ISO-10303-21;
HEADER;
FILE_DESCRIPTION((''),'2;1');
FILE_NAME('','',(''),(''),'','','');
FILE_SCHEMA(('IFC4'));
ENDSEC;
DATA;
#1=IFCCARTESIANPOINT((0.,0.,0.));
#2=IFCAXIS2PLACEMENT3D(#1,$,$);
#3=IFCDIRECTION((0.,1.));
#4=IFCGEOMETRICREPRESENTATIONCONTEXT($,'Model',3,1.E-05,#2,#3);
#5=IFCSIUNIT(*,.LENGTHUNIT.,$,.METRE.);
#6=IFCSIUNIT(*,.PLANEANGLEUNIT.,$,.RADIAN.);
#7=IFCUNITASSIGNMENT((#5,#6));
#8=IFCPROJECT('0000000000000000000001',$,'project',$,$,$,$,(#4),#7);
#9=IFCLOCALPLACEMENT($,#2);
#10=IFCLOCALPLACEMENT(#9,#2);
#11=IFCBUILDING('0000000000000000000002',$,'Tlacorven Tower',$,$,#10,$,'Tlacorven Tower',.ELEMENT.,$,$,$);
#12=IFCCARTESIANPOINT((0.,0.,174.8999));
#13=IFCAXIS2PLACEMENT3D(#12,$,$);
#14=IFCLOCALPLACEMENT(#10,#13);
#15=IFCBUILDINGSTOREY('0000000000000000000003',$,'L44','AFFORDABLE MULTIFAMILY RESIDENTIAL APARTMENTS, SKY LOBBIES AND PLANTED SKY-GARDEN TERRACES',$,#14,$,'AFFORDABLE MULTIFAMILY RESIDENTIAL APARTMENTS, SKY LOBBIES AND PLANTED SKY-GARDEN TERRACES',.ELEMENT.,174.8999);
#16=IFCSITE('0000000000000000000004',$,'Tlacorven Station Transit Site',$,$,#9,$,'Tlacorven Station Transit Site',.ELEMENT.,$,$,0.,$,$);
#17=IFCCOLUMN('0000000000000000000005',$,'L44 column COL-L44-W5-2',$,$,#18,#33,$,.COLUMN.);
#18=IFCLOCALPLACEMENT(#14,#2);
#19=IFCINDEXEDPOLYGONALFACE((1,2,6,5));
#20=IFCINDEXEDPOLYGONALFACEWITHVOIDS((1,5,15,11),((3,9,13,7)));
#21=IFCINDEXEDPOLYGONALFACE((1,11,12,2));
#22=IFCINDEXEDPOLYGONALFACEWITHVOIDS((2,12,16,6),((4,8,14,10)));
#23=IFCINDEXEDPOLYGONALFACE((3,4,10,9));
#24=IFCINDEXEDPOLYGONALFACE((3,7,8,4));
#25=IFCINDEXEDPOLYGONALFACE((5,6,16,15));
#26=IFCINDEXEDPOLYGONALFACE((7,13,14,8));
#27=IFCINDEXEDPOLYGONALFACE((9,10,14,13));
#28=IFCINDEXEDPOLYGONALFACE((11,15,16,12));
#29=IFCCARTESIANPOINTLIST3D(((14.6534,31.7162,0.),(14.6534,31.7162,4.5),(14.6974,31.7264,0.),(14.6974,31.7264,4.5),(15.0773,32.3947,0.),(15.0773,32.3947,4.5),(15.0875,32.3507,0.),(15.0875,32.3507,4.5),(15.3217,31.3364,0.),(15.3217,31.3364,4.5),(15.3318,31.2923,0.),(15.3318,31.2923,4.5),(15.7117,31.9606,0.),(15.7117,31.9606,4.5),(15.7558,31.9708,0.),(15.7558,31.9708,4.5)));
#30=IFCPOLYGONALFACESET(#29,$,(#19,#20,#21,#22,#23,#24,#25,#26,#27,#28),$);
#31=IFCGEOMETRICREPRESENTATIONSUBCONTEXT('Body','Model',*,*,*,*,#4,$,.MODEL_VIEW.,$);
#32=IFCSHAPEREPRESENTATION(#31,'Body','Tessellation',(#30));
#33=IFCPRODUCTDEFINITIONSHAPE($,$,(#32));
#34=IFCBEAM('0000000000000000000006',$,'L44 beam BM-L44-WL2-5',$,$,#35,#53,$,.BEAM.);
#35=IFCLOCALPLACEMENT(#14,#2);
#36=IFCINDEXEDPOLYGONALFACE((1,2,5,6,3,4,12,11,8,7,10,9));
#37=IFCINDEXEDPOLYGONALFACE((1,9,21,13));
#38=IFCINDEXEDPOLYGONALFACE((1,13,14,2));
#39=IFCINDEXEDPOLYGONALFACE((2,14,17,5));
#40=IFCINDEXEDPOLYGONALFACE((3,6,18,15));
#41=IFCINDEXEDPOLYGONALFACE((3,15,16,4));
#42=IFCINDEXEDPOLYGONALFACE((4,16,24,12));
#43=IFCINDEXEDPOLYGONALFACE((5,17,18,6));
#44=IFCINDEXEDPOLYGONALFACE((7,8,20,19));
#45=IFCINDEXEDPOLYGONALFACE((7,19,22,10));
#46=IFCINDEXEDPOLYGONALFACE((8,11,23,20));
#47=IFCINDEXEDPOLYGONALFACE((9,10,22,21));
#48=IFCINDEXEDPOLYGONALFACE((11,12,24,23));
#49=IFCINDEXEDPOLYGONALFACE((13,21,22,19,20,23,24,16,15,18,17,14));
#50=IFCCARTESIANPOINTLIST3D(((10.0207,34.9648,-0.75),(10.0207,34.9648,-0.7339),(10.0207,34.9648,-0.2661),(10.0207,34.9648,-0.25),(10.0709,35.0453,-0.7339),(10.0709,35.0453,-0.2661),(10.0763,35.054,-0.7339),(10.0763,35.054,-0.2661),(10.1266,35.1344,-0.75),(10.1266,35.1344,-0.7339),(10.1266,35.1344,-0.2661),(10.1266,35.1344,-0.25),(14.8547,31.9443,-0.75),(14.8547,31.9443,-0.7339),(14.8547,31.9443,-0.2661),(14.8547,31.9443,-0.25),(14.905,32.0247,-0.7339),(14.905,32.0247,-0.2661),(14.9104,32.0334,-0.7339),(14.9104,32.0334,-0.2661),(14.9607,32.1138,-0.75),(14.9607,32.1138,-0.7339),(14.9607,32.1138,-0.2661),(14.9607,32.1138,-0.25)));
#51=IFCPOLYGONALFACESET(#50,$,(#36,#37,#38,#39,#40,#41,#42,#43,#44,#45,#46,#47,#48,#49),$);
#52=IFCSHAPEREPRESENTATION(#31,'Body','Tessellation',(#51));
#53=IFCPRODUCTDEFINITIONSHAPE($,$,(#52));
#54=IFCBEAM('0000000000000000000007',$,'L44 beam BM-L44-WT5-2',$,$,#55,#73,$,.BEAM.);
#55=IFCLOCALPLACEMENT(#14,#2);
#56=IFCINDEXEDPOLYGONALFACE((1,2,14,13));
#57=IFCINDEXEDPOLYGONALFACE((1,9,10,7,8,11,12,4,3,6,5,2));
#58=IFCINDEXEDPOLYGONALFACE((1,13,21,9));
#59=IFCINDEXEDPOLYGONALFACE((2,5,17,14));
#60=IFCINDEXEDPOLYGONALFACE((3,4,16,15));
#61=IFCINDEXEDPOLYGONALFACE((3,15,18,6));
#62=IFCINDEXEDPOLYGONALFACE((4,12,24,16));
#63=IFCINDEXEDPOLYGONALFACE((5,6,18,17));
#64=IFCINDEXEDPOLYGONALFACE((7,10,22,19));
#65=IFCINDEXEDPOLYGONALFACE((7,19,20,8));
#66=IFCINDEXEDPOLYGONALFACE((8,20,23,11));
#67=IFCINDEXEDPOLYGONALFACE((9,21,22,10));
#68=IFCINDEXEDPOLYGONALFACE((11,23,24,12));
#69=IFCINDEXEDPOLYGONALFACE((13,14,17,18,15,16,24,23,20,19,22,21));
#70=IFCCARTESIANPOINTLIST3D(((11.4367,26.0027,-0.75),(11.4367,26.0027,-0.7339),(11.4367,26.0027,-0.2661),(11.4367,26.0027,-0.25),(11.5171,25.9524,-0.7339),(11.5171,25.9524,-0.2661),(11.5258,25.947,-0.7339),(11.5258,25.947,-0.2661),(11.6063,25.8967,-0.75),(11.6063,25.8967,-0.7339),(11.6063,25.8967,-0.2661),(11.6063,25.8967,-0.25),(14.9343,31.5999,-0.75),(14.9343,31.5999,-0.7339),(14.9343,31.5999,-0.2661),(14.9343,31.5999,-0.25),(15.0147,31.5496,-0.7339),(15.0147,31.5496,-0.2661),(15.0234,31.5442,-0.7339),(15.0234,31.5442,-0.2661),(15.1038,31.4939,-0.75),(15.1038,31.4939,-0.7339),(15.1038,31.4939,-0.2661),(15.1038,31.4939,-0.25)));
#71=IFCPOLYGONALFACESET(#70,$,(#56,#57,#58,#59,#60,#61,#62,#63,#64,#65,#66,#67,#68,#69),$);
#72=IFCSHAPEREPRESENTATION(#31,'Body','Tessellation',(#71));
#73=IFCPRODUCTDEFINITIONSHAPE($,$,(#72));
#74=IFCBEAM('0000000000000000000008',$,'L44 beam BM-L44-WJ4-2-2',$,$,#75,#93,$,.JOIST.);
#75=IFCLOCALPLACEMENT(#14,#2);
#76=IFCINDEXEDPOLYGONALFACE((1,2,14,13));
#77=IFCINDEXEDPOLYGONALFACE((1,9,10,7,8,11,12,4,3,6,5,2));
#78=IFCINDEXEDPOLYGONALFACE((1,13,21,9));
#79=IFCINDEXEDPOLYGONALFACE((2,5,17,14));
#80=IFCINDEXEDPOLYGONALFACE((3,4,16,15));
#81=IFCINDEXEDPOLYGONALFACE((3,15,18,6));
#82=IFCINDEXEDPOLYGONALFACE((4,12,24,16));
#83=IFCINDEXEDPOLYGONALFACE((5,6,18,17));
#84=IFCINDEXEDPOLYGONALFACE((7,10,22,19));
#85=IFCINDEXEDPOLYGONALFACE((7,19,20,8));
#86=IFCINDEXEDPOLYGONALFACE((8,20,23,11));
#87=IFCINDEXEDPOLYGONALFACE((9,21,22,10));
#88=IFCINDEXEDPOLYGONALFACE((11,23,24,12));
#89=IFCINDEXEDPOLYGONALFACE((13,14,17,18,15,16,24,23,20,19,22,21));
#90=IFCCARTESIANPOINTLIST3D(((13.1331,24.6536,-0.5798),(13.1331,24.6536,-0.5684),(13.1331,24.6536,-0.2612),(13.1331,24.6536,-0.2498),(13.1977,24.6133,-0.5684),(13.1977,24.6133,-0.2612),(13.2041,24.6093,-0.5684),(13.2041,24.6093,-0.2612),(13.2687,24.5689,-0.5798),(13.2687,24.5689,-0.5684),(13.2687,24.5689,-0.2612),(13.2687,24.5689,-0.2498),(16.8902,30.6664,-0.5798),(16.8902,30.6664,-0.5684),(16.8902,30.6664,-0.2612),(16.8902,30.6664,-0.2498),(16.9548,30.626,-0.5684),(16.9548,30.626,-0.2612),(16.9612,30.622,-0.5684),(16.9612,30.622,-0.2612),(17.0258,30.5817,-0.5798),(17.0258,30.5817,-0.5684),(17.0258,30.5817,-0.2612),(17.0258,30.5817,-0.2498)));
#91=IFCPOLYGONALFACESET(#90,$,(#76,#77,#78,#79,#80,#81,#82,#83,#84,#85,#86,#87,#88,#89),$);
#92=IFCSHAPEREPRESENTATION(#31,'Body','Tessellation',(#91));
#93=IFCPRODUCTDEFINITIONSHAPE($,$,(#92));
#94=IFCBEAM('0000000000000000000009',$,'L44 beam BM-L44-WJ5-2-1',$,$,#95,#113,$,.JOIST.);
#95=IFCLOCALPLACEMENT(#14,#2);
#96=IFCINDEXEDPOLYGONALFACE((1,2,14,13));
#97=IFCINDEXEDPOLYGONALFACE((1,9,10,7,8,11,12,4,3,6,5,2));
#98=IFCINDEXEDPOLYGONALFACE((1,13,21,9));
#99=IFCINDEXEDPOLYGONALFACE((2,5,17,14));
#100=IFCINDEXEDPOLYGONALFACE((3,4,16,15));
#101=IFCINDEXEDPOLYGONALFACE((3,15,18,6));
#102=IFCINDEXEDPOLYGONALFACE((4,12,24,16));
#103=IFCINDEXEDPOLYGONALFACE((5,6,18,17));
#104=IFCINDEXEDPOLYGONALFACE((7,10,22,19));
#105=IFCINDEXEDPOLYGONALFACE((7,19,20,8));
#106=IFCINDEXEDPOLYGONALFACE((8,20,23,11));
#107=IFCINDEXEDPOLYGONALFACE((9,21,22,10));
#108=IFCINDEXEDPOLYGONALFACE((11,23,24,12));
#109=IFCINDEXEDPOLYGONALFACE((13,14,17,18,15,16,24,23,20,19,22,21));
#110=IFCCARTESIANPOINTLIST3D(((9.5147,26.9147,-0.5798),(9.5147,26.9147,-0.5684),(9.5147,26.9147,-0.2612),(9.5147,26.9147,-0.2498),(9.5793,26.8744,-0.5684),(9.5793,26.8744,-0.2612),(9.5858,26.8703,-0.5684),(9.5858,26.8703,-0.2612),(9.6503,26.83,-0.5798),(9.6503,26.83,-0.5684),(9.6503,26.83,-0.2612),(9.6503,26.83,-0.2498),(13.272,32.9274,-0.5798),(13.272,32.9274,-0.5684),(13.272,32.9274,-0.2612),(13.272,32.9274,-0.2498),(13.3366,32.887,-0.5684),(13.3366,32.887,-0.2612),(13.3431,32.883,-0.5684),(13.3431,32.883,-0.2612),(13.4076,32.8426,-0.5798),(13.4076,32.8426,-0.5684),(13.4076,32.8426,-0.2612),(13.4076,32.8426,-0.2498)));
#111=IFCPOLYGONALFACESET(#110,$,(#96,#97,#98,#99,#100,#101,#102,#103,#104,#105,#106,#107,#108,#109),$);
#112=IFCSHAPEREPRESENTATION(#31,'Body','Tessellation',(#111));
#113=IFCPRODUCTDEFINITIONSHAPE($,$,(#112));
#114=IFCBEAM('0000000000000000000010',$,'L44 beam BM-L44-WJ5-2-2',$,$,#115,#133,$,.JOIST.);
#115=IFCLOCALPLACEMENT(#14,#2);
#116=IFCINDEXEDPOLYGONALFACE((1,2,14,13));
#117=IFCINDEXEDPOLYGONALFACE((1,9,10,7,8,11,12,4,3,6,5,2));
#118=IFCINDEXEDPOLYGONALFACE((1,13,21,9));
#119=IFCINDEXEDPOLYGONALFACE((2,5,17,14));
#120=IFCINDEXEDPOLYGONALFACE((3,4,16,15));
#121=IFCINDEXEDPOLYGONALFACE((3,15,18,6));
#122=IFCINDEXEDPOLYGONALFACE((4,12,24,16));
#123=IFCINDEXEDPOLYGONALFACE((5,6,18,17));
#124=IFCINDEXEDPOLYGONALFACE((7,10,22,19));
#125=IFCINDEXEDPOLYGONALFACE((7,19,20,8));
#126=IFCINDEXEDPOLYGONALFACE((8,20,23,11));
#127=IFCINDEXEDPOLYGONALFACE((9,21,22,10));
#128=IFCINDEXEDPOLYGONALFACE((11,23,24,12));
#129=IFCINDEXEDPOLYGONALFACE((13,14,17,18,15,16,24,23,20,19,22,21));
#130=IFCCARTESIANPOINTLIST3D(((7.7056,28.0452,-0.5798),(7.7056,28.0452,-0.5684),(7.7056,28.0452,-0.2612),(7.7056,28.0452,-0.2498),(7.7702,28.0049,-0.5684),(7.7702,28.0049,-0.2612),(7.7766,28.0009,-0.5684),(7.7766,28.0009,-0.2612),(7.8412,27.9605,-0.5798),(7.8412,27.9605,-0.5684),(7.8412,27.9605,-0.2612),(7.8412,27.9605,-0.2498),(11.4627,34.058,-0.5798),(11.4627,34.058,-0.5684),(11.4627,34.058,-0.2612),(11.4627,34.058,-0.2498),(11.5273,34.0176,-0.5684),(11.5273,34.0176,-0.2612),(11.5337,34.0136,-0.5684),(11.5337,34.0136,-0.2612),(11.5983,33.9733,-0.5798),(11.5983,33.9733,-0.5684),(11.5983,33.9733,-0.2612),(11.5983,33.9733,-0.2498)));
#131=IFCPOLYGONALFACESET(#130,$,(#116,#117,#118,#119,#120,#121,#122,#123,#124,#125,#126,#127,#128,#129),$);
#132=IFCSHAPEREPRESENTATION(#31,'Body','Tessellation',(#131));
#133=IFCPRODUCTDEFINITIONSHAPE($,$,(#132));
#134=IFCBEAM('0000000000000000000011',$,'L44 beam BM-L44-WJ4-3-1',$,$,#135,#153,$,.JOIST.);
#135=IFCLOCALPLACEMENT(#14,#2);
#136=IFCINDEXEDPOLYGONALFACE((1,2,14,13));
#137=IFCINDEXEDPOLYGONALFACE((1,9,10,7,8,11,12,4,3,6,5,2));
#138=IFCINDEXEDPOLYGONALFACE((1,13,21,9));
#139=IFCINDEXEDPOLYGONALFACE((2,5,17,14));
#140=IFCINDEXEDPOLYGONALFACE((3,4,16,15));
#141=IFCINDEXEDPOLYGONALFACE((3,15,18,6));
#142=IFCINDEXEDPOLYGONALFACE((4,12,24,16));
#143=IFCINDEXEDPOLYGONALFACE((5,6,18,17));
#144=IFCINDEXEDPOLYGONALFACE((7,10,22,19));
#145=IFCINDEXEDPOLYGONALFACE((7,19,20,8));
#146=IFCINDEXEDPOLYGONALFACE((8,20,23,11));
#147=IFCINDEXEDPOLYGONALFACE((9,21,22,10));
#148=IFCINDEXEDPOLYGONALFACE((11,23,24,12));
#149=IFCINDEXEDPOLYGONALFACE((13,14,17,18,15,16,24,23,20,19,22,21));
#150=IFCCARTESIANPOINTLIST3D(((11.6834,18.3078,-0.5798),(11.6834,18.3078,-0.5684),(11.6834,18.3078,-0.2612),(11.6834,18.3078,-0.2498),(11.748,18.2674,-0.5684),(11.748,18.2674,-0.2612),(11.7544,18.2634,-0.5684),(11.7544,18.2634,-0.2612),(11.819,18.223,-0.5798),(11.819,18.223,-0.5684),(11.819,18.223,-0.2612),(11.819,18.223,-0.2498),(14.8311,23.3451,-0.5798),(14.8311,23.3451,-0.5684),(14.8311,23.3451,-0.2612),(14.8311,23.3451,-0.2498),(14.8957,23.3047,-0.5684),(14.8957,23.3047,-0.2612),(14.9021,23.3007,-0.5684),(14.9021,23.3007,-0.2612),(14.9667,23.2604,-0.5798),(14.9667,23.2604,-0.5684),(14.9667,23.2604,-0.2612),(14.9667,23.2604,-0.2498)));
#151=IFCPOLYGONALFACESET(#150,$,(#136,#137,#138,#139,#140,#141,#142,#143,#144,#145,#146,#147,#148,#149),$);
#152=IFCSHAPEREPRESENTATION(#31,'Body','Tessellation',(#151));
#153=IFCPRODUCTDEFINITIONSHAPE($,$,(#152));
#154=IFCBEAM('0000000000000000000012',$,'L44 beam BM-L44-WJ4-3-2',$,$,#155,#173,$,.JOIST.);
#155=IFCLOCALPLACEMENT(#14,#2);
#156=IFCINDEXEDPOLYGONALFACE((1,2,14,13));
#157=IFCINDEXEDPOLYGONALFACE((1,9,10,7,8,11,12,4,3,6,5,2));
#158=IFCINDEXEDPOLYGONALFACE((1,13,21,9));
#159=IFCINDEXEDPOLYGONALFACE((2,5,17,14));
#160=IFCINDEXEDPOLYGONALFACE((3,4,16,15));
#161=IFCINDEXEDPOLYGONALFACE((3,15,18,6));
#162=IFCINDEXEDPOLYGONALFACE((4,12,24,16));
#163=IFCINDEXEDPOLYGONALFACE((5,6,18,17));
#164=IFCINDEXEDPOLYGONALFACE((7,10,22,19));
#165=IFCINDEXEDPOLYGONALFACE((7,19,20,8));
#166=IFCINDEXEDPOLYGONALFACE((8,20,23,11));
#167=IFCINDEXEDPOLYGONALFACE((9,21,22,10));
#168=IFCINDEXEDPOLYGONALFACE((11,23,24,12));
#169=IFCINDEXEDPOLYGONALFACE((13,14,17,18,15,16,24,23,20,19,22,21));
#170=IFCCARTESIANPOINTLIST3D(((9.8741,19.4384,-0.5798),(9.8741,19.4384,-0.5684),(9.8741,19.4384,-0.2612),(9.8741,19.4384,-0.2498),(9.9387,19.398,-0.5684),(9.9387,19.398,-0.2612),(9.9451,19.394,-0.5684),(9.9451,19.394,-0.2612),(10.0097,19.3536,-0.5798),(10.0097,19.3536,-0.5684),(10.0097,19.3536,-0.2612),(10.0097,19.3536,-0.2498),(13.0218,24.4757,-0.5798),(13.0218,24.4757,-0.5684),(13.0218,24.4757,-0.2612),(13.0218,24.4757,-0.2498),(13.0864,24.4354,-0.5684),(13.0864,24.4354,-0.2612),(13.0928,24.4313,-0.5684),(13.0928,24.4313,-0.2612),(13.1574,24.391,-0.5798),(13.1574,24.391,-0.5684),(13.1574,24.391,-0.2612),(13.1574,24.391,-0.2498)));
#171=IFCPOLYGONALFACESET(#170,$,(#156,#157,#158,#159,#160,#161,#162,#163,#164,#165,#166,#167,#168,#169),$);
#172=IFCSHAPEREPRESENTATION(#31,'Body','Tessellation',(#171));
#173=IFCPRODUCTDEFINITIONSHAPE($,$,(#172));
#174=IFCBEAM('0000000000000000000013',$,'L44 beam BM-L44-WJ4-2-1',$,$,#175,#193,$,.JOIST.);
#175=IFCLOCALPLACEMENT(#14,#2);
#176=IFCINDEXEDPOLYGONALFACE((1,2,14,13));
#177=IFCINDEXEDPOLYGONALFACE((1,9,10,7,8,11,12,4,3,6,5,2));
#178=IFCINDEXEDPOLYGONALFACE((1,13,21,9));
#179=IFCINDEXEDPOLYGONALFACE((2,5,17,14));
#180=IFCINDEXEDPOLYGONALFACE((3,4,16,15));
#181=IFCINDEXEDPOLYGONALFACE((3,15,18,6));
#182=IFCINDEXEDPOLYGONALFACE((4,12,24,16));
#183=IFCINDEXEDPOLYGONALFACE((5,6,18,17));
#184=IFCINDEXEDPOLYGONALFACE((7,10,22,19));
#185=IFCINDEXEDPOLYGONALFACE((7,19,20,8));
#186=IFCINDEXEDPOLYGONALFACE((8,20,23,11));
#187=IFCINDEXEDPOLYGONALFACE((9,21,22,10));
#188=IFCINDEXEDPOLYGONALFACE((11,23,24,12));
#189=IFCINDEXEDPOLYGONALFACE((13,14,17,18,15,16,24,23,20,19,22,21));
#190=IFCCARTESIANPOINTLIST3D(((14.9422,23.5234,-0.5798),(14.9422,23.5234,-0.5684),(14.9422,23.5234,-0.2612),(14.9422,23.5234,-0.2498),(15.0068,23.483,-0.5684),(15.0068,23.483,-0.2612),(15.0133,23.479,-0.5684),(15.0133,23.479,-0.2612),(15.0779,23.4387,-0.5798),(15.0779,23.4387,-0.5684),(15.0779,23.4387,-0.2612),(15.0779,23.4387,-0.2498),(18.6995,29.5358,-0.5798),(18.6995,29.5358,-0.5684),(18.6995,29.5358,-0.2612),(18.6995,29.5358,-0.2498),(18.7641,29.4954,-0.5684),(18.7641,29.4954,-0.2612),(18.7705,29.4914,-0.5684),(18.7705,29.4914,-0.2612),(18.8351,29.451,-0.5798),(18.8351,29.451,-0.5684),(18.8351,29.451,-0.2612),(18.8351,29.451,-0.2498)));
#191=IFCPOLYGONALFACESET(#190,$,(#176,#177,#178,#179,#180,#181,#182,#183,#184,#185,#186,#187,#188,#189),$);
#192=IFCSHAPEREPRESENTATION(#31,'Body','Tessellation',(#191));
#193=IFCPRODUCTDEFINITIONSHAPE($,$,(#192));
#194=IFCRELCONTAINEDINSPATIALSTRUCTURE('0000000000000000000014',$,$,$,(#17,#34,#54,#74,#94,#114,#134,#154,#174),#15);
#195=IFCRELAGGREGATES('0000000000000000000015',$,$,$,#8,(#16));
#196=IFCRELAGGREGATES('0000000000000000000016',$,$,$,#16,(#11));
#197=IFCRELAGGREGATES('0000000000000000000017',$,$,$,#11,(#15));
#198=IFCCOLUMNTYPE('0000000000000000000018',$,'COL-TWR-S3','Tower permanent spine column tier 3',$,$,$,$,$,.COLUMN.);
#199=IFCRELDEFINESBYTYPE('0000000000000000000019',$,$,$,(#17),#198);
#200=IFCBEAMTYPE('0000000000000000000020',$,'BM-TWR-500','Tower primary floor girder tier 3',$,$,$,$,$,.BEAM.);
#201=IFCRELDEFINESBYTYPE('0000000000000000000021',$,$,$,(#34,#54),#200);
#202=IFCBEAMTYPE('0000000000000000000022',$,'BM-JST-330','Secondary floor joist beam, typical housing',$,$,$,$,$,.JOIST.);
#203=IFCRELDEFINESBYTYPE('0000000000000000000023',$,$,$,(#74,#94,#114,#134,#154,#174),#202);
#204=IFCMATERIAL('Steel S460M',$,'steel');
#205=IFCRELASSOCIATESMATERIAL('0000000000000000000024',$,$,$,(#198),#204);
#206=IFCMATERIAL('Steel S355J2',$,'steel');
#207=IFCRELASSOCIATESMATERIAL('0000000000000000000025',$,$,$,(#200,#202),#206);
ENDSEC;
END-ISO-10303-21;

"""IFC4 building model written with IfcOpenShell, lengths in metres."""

from ifc_helpers import new_model, si_unit, direction, frame, origin, origin_2d, place, context, subcontext, project, spatial, hollow_rectangle, i_section, extrude, source, transform, mapped, material, material_profile, profile_set, type_object, element, save


model = new_model("IFC4")

# Units and contexts
model_context = context("Model", 3, precision=1e-05, world=origin(), true_north=direction((0.0, 1.0)))
body_context = subcontext(model_context, "Body", "Model", "MODEL_VIEW")
ifc_project = project(units=[si_unit("LENGTHUNIT", "METRE"), si_unit("PLANEANGLEUNIT", "RADIAN")], contexts=[model_context])

# Site, building, storey
site_placement = place(None, origin())
site = spatial("IfcSite", under=ifc_project, at=site_placement, Name="Tlacorven Station Transit Site", LongName="Tlacorven Station Transit Site", CompositionType="ELEMENT", RefElevation=0.0)
building_placement = place(site_placement, origin())
building = spatial("IfcBuilding", under=site, at=building_placement, Name="Tlacorven Tower", LongName="Tlacorven Tower", CompositionType="ELEMENT")
storey_placement = place(building_placement, frame((0.0, 0.0, 174.8999)))
storey = spatial("IfcBuildingStorey", under=building, at=storey_placement, Name="L44", Description="AFFORDABLE MULTIFAMILY RESIDENTIAL APARTMENTS, SKY LOBBIES AND PLANTED SKY-GARDEN TERRACES", LongName="AFFORDABLE MULTIFAMILY RESIDENTIAL APARTMENTS, SKY LOBBIES AND PLANTED SKY-GARDEN TERRACES", CompositionType="ELEMENT", Elevation=174.8999)

# Column
ifc_material_1 = material(Name="Steel S460M", Category="steel")
ifc_material_profile_1 = material_profile(ifc_material_1, hollow_rectangle(XDim=0.8, YDim=0.8, WallThickness=0.032, at=origin_2d()), Name="BOX 800X800X32")
ifc_profile_set_1 = profile_set([ifc_material_profile_1], Name="Steel S460M")
column_type = type_object("IfcColumnType", Name="COL-TWR-S3", Description="Tower permanent spine column tier 3", PredefinedType="COLUMN", material=ifc_profile_set_1)
shared_shape_1 = source(origin(), body_context, "Body", "SweptSolid", [
    extrude(hollow_rectangle(XDim=0.8, YDim=0.8, WallThickness=0.032, at=origin_2d()), origin(), (0.0, 0.0, 1.0), 4.5),
])
column_placement = place(storey_placement, frame((15.2046, 31.8435, 0.0), z_axis=(0.0, 0.0, 1.0), x_axis=(-0.848048, 0.529919, 0.0)))
element("IfcColumn", 1, at=column_placement, inside=storey, type_object=column_type, Name="L44 column COL-L44-W5-2", PredefinedType="COLUMN", context=body_context, shape_type="MappedRepresentation", body=[
    mapped(shared_shape_1, transform((0.0, 0.0, 0.0), scale=1.0)),
])

# Beams
ifc_material_2 = material(Name="Steel S355J2", Category="steel")
ifc_material_profile_2 = material_profile(ifc_material_2, i_section(OverallWidth=0.2, OverallDepth=0.5, WebThickness=0.0103, FlangeThickness=0.0161, at=origin_2d()), Name="IPE 500")
ifc_profile_set_2 = profile_set([ifc_material_profile_2], Name="Steel S355J2")
beam_type_1 = type_object("IfcBeamType", Name="BM-TWR-500", Description="Tower primary floor girder tier 3", PredefinedType="BEAM", material=ifc_profile_set_2)
shared_shape_2 = source(origin(), body_context, "Body", "SweptSolid", [
    extrude(i_section(OverallWidth=0.2, OverallDepth=0.5, WebThickness=0.0103, FlangeThickness=0.0161, at=origin_2d()), origin(), (0.0, 0.0, 1.0), 5.7002),
])
beam_1_placement = place(storey_placement, frame((14.9077, 32.0291, -0.5), z_axis=(-0.848056, 0.529907, 0.0), x_axis=(-0.529907, -0.848056, 0.0)))
element("IfcBeam", 2, at=beam_1_placement, inside=storey, type_object=beam_type_1, Name="L44 beam BM-L44-WL2-5", PredefinedType="BEAM", context=body_context, shape_type="MappedRepresentation", body=[
    mapped(shared_shape_2, transform((0.0, 0.0, 0.0), scale=1.0)),
])
shared_shape_3 = source(origin(), body_context, "Body", "SweptSolid", [
    extrude(i_section(OverallWidth=0.2, OverallDepth=0.5, WebThickness=0.0103, FlangeThickness=0.0161, at=origin_2d()), origin(), (0.0, 0.0, 1.0), 6.6001),
])
beam_2_placement = place(storey_placement, frame((15.019, 31.5469, -0.5), z_axis=(-0.529926, -0.848044, 0.0), x_axis=(0.848044, -0.529926, 0.0)))
element("IfcBeam", 3, at=beam_2_placement, inside=storey, type_object=beam_type_1, Name="L44 beam BM-L44-WT5-2", PredefinedType="BEAM", context=body_context, shape_type="MappedRepresentation", body=[
    mapped(shared_shape_3, transform((0.0, 0.0, 0.0), scale=1.0)),
])
ifc_material_profile_3 = material_profile(ifc_material_2, i_section(OverallWidth=0.1599, OverallDepth=0.3301, WebThickness=0.0076, FlangeThickness=0.0115, at=origin_2d()), Name="IPE 330")
ifc_profile_set_3 = profile_set([ifc_material_profile_3], Name="Steel S355J2")
beam_type_2 = type_object("IfcBeamType", Name="BM-JST-330", Description="Secondary floor joist beam, typical housing", PredefinedType="JOIST", material=ifc_profile_set_3)
shared_shape_4 = source(origin(), body_context, "Body", "SweptSolid", [
    extrude(i_section(OverallWidth=0.1599, OverallDepth=0.3301, WebThickness=0.0076, FlangeThickness=0.0115, at=origin_2d()), origin(), (0.0, 0.0, 1.0), 7.0901),
])
for number, where, z_axis, x_axis, name in (
    (4, (16.958, 30.624, -0.4148), (-0.529912, -0.848052, 0.0), (0.848052, -0.529912, 0.0), "L44 beam BM-L44-WJ4-2-2"),
    (5, (13.3398, 32.885, -0.4148), (-0.529937, -0.848037, 0.0), (0.848037, -0.529937, 0.0), "L44 beam BM-L44-WJ5-2-1"),
    (6, (11.5305, 34.0156, -0.4148), (-0.529912, -0.848052, 0.0), (0.848052, -0.529912, 0.0), "L44 beam BM-L44-WJ5-2-2"),
):
    element("IfcBeam", number, at=place(storey_placement, frame(where, z_axis=z_axis, x_axis=x_axis)), inside=storey, type_object=beam_type_2, Name=name, PredefinedType="JOIST", context=body_context, shape_type="MappedRepresentation", body=[
        mapped(shared_shape_4, transform((0.0, 0.0, 0.0), scale=1.0)),
    ])
shared_shape_5 = source(origin(), body_context, "Body", "SweptSolid", [
    extrude(i_section(OverallWidth=0.1599, OverallDepth=0.3301, WebThickness=0.0076, FlangeThickness=0.0115, at=origin_2d()), origin(), (0.0, 0.0, 1.0), 5.9399),
])
for number, where, z_axis, x_axis, name in (
    (7, (14.8989, 23.3027, -0.4148), (-0.529921, -0.848047, 0.0), (0.848047, -0.529921, 0.0), "L44 beam BM-L44-WJ4-3-1"),
    (8, (13.0896, 24.4333, -0.4148), (-0.529921, -0.848047, 0.0), (0.848047, -0.529921, 0.0), "L44 beam BM-L44-WJ4-3-2"),
):
    element("IfcBeam", number, at=place(storey_placement, frame(where, z_axis=z_axis, x_axis=x_axis)), inside=storey, type_object=beam_type_2, Name=name, PredefinedType="JOIST", context=body_context, shape_type="MappedRepresentation", body=[
        mapped(shared_shape_5, transform((0.0, 0.0, 0.0), scale=1.0)),
    ])
shared_shape_6 = source(origin(), body_context, "Body", "SweptSolid", [
    extrude(i_section(OverallWidth=0.1599, OverallDepth=0.3301, WebThickness=0.0076, FlangeThickness=0.0115, at=origin_2d()), origin(), (0.0, 0.0, 1.0), 7.0898),
])
beam_3_placement = place(storey_placement, frame((18.7673, 29.4934, -0.4148), z_axis=(-0.529953, -0.848027, 0.0), x_axis=(0.848027, -0.529953, 0.0)))
element("IfcBeam", 9, at=beam_3_placement, inside=storey, type_object=beam_type_2, Name="L44 beam BM-L44-WJ4-2-1", PredefinedType="JOIST", context=body_context, shape_type="MappedRepresentation", body=[
    mapped(shared_shape_6, transform((0.0, 0.0, 0.0), scale=1.0)),
])

save(model, "model.ifc")
